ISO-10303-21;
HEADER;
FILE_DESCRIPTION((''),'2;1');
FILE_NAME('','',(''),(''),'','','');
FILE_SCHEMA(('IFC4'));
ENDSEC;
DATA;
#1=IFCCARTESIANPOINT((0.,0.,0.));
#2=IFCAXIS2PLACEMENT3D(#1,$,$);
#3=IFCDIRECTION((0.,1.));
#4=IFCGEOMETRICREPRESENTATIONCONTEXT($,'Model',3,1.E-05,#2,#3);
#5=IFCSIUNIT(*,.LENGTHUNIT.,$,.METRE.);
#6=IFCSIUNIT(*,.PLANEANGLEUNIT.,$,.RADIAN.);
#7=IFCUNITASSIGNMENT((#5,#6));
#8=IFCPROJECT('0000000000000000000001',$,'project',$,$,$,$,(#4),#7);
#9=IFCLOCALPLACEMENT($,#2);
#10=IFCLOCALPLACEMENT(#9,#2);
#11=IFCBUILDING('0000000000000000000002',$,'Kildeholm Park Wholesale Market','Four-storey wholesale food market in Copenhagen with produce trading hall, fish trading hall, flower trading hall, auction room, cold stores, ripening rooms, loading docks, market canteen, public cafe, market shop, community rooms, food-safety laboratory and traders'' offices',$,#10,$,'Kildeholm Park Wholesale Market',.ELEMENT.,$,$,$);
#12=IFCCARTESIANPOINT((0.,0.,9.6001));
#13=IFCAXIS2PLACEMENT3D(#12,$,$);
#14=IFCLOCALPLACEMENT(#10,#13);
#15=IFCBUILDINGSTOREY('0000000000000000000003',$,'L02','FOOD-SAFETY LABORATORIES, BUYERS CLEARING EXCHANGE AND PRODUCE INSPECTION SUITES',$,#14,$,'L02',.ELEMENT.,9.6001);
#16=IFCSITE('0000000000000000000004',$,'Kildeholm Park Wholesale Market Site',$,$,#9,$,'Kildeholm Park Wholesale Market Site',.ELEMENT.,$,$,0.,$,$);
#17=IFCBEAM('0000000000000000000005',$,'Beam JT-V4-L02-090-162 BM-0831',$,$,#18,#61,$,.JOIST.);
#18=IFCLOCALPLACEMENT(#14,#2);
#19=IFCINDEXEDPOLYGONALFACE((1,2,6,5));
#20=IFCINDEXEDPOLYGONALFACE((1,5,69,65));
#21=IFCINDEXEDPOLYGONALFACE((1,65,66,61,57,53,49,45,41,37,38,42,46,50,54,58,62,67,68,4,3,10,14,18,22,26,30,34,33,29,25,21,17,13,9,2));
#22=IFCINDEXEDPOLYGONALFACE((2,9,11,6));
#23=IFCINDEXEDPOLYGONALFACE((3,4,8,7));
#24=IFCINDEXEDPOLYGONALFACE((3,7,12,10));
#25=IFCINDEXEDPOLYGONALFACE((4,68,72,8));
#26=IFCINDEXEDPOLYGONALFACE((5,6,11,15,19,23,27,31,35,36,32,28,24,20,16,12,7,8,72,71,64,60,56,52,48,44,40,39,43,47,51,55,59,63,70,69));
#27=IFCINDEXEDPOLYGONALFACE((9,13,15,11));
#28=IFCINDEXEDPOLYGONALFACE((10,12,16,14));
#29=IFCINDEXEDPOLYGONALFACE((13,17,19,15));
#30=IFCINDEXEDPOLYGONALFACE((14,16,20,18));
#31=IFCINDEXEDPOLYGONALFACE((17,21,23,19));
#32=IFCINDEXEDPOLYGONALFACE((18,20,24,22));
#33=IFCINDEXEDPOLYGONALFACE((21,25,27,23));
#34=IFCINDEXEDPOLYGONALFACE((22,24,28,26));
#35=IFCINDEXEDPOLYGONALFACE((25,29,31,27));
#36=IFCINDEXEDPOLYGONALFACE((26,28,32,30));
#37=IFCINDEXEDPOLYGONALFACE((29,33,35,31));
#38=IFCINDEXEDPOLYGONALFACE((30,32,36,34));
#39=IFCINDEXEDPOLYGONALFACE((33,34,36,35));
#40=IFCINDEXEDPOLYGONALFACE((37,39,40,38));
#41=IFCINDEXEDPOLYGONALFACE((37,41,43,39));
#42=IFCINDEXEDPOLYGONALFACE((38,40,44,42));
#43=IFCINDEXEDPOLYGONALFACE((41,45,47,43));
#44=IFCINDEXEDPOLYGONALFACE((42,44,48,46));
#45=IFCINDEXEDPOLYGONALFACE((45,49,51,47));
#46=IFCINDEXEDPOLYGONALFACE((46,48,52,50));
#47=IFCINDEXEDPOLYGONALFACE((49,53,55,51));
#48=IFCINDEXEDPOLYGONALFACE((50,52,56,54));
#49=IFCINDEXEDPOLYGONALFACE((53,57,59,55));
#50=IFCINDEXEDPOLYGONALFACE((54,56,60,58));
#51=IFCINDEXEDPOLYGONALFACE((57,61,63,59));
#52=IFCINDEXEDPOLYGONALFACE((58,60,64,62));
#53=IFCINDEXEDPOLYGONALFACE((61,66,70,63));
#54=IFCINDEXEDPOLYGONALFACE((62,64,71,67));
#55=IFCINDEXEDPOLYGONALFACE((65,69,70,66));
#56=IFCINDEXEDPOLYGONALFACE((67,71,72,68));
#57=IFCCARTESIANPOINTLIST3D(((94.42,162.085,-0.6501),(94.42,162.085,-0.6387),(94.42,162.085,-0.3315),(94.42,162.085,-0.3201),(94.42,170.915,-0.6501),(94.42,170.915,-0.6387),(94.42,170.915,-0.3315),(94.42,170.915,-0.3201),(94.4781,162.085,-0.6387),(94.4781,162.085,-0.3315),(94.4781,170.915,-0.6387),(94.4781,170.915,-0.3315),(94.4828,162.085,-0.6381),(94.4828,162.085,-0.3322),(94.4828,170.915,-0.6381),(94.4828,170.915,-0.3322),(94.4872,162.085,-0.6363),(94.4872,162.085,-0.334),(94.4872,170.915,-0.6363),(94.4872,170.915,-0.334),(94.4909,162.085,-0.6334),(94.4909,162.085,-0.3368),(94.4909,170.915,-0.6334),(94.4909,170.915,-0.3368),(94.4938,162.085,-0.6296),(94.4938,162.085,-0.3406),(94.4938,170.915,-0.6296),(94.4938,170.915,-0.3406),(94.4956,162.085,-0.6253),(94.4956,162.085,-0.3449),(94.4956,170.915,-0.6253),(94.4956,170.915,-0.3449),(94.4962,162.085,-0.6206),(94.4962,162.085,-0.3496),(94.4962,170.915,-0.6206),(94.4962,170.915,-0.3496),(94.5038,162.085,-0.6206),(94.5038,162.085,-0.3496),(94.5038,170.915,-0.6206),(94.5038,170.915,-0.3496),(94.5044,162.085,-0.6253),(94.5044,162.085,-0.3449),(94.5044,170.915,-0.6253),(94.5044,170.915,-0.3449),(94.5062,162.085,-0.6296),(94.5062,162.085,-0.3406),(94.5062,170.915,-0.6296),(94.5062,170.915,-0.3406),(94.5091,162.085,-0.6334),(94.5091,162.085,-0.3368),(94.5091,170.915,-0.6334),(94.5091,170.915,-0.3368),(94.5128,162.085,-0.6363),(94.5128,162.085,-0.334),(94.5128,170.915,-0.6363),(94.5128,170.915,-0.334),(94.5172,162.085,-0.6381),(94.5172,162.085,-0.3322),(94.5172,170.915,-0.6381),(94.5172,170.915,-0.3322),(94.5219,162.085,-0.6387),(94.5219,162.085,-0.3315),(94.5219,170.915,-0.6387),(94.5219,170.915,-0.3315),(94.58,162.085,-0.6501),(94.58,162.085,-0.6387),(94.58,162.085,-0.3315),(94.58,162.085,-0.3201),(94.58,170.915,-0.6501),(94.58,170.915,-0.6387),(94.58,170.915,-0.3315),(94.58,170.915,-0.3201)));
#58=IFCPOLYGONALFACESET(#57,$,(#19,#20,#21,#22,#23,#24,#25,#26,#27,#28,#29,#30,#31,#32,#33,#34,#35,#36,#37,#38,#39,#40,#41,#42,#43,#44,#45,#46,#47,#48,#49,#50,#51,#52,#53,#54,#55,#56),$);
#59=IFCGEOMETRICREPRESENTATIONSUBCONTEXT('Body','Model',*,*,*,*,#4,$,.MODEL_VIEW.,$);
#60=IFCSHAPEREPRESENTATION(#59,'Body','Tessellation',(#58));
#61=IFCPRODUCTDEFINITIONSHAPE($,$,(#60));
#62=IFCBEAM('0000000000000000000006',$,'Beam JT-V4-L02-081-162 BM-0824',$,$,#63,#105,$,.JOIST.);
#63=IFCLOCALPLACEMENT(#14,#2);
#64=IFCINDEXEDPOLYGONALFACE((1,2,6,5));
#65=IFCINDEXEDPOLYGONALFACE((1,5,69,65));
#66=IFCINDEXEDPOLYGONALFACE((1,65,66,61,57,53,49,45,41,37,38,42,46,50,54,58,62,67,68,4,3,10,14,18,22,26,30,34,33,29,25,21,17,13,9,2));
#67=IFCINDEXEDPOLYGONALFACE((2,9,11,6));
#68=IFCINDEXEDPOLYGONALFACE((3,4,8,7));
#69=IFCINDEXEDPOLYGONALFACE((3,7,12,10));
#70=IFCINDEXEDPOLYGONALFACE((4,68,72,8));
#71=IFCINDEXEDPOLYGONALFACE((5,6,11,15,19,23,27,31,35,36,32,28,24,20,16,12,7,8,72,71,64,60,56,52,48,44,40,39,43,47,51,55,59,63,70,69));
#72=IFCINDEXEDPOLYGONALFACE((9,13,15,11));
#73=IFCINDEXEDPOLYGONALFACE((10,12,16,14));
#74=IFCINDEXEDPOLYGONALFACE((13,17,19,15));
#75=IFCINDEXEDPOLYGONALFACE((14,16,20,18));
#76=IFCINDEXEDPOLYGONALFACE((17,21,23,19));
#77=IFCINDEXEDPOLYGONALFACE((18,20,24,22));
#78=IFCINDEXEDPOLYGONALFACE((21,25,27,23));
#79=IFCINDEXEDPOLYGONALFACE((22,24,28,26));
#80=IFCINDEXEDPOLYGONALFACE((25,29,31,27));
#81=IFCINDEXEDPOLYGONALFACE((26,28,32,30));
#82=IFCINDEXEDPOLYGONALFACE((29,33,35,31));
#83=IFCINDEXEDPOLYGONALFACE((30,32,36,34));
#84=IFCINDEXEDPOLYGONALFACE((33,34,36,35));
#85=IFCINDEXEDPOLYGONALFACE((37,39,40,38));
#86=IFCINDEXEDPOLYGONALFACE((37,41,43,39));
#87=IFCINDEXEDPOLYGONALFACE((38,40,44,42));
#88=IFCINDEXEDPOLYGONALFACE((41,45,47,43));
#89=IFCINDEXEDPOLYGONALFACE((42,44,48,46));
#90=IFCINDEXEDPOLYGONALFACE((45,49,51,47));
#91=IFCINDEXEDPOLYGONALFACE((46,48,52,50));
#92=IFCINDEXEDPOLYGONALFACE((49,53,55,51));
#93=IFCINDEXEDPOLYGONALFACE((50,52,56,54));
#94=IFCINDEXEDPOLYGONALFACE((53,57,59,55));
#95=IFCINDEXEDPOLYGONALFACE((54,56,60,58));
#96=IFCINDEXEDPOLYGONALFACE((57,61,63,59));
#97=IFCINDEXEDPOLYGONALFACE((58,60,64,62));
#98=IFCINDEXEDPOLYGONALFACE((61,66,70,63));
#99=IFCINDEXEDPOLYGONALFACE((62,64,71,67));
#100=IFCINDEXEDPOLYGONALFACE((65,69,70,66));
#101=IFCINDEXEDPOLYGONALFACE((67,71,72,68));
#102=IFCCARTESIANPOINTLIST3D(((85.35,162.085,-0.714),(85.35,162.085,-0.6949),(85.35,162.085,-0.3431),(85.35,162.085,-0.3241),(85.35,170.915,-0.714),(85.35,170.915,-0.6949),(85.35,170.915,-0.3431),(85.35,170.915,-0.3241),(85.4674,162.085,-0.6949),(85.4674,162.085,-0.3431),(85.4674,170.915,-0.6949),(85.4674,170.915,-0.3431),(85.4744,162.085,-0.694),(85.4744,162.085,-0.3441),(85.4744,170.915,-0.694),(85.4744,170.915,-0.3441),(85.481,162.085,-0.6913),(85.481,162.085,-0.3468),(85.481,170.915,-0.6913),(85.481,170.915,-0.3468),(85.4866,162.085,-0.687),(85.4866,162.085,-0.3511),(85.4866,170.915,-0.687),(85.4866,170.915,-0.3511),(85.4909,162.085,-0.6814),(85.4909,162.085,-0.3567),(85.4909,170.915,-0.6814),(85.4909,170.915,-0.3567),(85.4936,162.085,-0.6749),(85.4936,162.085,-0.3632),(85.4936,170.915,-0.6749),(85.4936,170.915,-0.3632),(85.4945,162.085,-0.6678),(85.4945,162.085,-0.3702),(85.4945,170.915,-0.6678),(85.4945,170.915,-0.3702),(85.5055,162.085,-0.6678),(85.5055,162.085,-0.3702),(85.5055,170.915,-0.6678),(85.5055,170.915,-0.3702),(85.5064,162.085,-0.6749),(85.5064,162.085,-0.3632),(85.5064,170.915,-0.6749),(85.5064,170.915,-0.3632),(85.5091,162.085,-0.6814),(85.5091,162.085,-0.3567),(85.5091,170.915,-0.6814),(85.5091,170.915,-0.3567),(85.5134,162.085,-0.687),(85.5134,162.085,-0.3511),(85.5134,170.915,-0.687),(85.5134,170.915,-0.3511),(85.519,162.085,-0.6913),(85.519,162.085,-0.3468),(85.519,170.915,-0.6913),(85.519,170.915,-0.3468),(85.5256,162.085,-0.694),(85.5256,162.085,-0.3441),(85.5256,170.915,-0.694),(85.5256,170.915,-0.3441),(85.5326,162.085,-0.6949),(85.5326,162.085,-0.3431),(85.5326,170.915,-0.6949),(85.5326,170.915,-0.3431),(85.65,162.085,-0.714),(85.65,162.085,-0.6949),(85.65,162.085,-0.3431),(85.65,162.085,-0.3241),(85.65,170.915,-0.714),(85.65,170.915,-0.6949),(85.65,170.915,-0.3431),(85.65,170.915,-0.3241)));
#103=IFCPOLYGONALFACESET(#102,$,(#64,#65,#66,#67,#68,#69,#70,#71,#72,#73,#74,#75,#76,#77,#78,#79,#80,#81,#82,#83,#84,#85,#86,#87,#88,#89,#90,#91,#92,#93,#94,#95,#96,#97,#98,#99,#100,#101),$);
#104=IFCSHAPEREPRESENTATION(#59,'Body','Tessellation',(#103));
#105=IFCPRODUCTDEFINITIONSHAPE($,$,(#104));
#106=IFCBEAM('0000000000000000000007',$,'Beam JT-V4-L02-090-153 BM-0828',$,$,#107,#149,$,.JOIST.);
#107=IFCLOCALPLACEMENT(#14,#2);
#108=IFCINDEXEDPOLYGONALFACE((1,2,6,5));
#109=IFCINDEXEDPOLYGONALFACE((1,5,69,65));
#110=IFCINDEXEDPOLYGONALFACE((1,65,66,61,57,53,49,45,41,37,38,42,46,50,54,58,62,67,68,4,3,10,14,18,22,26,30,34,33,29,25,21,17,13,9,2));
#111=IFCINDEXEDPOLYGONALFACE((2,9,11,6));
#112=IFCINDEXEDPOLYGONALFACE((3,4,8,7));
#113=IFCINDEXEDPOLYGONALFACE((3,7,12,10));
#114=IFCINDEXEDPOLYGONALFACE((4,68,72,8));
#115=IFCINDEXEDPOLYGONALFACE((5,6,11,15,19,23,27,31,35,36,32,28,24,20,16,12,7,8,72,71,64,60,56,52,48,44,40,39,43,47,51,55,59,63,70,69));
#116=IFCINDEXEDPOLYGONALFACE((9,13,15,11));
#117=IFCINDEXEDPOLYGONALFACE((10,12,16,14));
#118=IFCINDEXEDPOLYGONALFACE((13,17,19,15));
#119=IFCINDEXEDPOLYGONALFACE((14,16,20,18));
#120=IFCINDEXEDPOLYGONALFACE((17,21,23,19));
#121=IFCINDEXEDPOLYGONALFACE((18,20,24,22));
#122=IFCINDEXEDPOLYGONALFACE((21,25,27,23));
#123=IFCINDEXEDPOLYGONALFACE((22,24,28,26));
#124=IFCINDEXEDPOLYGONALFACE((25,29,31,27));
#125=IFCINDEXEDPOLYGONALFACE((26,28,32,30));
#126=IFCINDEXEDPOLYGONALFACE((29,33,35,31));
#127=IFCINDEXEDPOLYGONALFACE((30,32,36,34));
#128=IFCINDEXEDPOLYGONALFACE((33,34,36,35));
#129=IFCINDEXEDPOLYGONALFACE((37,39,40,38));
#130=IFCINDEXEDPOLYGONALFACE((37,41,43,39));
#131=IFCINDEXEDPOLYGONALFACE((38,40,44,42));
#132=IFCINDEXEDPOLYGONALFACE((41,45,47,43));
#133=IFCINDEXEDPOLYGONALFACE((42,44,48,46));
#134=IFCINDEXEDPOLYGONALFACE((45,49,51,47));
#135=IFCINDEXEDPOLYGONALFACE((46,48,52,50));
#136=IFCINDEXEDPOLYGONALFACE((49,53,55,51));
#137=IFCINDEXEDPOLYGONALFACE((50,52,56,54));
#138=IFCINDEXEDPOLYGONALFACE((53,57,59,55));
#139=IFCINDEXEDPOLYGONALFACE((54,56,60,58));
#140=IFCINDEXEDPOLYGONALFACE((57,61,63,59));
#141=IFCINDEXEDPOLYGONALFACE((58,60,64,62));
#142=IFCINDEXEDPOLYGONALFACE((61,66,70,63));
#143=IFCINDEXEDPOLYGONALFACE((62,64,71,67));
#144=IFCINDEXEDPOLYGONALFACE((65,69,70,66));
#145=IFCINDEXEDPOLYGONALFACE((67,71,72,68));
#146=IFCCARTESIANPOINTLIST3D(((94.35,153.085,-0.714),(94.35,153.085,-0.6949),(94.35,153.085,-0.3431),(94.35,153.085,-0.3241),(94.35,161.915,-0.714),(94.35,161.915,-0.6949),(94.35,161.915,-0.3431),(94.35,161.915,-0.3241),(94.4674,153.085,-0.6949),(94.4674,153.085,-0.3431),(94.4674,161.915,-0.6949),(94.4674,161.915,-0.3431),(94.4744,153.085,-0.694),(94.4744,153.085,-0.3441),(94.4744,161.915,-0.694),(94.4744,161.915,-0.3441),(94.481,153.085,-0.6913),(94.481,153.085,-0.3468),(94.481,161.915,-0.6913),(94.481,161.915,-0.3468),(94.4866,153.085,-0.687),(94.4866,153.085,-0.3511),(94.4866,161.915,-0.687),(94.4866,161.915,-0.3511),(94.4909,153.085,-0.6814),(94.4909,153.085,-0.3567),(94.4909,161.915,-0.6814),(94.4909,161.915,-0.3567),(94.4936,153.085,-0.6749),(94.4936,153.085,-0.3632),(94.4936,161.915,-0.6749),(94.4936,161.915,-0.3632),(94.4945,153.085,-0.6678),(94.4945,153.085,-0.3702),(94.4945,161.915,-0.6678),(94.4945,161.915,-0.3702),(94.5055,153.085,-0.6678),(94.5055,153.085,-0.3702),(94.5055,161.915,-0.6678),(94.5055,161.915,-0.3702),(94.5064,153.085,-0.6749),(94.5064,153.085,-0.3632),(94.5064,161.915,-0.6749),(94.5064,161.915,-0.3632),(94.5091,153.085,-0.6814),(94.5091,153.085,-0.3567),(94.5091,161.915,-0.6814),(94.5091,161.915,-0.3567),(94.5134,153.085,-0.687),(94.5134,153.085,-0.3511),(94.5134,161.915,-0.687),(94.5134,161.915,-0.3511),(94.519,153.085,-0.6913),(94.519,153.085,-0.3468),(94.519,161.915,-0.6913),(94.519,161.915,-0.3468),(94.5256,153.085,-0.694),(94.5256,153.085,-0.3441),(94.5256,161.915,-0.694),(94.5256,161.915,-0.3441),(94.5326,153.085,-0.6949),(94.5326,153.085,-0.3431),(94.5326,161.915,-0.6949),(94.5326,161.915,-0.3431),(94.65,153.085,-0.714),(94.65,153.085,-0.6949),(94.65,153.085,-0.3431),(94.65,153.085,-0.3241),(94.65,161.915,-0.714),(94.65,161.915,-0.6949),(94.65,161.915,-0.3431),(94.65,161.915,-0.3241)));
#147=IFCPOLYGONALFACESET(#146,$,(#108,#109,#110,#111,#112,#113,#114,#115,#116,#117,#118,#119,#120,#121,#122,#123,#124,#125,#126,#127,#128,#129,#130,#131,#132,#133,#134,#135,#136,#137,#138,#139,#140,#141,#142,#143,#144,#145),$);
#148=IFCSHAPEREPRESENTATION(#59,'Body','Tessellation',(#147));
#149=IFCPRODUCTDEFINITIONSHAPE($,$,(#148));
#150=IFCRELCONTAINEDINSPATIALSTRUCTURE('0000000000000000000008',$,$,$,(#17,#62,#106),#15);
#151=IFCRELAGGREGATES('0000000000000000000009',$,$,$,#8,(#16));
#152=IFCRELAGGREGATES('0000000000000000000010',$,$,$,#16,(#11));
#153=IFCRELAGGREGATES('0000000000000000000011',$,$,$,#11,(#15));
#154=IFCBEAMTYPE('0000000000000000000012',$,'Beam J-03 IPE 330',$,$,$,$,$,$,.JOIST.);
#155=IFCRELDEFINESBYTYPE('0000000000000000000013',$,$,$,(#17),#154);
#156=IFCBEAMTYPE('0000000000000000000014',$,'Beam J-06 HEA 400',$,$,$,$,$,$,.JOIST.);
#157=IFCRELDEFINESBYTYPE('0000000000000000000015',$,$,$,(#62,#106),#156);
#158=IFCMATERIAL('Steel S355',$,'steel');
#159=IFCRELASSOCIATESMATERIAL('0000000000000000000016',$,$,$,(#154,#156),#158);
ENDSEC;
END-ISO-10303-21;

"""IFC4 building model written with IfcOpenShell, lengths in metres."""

from ifc_helpers import new_model, si_unit, direction, frame, origin, origin_2d, place, context, subcontext, project, spatial, i_section, extrude, material, material_profile, profile_set, type_object, element, save


model = new_model("IFC4")

# Units and contexts
model_context = context("Model", 3, precision=1e-05, world=origin(), true_north=direction((0.0, 1.0)))
body_context = subcontext(model_context, "Body", "Model", "MODEL_VIEW")
ifc_project = project(units=[si_unit("LENGTHUNIT", "METRE"), si_unit("PLANEANGLEUNIT", "RADIAN")], contexts=[model_context])

# Site, building, storey
site_placement = place(None, origin())
site = spatial("IfcSite", under=ifc_project, at=site_placement, Name="Kildeholm Park Wholesale Market Site", LongName="Kildeholm Park Wholesale Market Site", CompositionType="ELEMENT", RefElevation=0.0)
building_placement = place(site_placement, origin())
building = spatial("IfcBuilding", under=site, at=building_placement, Name="Kildeholm Park Wholesale Market", Description="Four-storey wholesale food market in Copenhagen with produce trading hall, fish trading hall, flower trading hall, auction room, cold stores, ripening rooms, loading docks, market canteen, public cafe, market shop, community rooms, food-safety laboratory and traders' offices", LongName="Kildeholm Park Wholesale Market", CompositionType="ELEMENT")
storey_placement = place(building_placement, frame((0.0, 0.0, 9.6001)))
storey = spatial("IfcBuildingStorey", under=building, at=storey_placement, Name="L02", Description="FOOD-SAFETY LABORATORIES, BUYERS CLEARING EXCHANGE AND PRODUCE INSPECTION SUITES", LongName="L02", CompositionType="ELEMENT", Elevation=9.6001)

# Beams
ifc_material_1 = material(Name="Steel S355", Category="steel")
ifc_material_profile_1 = material_profile(ifc_material_1, i_section(OverallWidth=0.1599, OverallDepth=0.3301, WebThickness=0.0076, FlangeThickness=0.0115, FilletRadius=0.0181, at=origin_2d()), Name="IPE 330")
ifc_profile_set_1 = profile_set([ifc_material_profile_1], Name="Steel S355")
beam_type_1 = type_object("IfcBeamType", Name="Beam J-03 IPE 330", PredefinedType="JOIST", material=ifc_profile_set_1)
for number, where, z_axis, x_axis, name in (
    (1, (94.5, 162.085, -0.4851), (0.0, 1.0, 0.0), (-1.0, 0.0, 0.0), "Beam JT-V4-L02-090-162 BM-0831"),
):
    element("IfcBeam", number, at=place(storey_placement, frame(where, z_axis=z_axis, x_axis=x_axis)), inside=storey, type_object=beam_type_1, Name=name, PredefinedType="JOIST", context=body_context, shape_type="SweptSolid", body=[
        extrude(i_section(OverallWidth=0.1599, OverallDepth=0.3301, WebThickness=0.0076, FlangeThickness=0.0115, FilletRadius=0.0181, at=origin_2d()), origin(), (0.0, 0.0, 1.0), 8.8301),
    ])
ifc_material_profile_2 = material_profile(ifc_material_1, i_section(OverallWidth=0.3, OverallDepth=0.3899, WebThickness=0.011, FlangeThickness=0.019, FilletRadius=0.0271, at=origin_2d()), Name="HEA 400")
ifc_profile_set_2 = profile_set([ifc_material_profile_2], Name="Steel S355")
beam_type_2 = type_object("IfcBeamType", Name="Beam J-06 HEA 400", PredefinedType="JOIST", material=ifc_profile_set_2)
for number, where, z_axis, x_axis, name in (
    (2, (85.5, 162.085, -0.519), (0.0, 1.0, 0.0), (-1.0, 0.0, 0.0), "Beam JT-V4-L02-081-162 BM-0824"),
    (3, (94.5, 153.085, -0.519), (0.0, 1.0, 0.0), (-1.0, 0.0, 0.0), "Beam JT-V4-L02-090-153 BM-0828"),
):
    element("IfcBeam", number, at=place(storey_placement, frame(where, z_axis=z_axis, x_axis=x_axis)), inside=storey, type_object=beam_type_2, Name=name, PredefinedType="JOIST", context=body_context, shape_type="SweptSolid", body=[
        extrude(i_section(OverallWidth=0.3, OverallDepth=0.3899, WebThickness=0.011, FlangeThickness=0.019, FilletRadius=0.0271, at=origin_2d()), origin(), (0.0, 0.0, 1.0), 8.8301),
    ])

save(model, "model.ifc")
